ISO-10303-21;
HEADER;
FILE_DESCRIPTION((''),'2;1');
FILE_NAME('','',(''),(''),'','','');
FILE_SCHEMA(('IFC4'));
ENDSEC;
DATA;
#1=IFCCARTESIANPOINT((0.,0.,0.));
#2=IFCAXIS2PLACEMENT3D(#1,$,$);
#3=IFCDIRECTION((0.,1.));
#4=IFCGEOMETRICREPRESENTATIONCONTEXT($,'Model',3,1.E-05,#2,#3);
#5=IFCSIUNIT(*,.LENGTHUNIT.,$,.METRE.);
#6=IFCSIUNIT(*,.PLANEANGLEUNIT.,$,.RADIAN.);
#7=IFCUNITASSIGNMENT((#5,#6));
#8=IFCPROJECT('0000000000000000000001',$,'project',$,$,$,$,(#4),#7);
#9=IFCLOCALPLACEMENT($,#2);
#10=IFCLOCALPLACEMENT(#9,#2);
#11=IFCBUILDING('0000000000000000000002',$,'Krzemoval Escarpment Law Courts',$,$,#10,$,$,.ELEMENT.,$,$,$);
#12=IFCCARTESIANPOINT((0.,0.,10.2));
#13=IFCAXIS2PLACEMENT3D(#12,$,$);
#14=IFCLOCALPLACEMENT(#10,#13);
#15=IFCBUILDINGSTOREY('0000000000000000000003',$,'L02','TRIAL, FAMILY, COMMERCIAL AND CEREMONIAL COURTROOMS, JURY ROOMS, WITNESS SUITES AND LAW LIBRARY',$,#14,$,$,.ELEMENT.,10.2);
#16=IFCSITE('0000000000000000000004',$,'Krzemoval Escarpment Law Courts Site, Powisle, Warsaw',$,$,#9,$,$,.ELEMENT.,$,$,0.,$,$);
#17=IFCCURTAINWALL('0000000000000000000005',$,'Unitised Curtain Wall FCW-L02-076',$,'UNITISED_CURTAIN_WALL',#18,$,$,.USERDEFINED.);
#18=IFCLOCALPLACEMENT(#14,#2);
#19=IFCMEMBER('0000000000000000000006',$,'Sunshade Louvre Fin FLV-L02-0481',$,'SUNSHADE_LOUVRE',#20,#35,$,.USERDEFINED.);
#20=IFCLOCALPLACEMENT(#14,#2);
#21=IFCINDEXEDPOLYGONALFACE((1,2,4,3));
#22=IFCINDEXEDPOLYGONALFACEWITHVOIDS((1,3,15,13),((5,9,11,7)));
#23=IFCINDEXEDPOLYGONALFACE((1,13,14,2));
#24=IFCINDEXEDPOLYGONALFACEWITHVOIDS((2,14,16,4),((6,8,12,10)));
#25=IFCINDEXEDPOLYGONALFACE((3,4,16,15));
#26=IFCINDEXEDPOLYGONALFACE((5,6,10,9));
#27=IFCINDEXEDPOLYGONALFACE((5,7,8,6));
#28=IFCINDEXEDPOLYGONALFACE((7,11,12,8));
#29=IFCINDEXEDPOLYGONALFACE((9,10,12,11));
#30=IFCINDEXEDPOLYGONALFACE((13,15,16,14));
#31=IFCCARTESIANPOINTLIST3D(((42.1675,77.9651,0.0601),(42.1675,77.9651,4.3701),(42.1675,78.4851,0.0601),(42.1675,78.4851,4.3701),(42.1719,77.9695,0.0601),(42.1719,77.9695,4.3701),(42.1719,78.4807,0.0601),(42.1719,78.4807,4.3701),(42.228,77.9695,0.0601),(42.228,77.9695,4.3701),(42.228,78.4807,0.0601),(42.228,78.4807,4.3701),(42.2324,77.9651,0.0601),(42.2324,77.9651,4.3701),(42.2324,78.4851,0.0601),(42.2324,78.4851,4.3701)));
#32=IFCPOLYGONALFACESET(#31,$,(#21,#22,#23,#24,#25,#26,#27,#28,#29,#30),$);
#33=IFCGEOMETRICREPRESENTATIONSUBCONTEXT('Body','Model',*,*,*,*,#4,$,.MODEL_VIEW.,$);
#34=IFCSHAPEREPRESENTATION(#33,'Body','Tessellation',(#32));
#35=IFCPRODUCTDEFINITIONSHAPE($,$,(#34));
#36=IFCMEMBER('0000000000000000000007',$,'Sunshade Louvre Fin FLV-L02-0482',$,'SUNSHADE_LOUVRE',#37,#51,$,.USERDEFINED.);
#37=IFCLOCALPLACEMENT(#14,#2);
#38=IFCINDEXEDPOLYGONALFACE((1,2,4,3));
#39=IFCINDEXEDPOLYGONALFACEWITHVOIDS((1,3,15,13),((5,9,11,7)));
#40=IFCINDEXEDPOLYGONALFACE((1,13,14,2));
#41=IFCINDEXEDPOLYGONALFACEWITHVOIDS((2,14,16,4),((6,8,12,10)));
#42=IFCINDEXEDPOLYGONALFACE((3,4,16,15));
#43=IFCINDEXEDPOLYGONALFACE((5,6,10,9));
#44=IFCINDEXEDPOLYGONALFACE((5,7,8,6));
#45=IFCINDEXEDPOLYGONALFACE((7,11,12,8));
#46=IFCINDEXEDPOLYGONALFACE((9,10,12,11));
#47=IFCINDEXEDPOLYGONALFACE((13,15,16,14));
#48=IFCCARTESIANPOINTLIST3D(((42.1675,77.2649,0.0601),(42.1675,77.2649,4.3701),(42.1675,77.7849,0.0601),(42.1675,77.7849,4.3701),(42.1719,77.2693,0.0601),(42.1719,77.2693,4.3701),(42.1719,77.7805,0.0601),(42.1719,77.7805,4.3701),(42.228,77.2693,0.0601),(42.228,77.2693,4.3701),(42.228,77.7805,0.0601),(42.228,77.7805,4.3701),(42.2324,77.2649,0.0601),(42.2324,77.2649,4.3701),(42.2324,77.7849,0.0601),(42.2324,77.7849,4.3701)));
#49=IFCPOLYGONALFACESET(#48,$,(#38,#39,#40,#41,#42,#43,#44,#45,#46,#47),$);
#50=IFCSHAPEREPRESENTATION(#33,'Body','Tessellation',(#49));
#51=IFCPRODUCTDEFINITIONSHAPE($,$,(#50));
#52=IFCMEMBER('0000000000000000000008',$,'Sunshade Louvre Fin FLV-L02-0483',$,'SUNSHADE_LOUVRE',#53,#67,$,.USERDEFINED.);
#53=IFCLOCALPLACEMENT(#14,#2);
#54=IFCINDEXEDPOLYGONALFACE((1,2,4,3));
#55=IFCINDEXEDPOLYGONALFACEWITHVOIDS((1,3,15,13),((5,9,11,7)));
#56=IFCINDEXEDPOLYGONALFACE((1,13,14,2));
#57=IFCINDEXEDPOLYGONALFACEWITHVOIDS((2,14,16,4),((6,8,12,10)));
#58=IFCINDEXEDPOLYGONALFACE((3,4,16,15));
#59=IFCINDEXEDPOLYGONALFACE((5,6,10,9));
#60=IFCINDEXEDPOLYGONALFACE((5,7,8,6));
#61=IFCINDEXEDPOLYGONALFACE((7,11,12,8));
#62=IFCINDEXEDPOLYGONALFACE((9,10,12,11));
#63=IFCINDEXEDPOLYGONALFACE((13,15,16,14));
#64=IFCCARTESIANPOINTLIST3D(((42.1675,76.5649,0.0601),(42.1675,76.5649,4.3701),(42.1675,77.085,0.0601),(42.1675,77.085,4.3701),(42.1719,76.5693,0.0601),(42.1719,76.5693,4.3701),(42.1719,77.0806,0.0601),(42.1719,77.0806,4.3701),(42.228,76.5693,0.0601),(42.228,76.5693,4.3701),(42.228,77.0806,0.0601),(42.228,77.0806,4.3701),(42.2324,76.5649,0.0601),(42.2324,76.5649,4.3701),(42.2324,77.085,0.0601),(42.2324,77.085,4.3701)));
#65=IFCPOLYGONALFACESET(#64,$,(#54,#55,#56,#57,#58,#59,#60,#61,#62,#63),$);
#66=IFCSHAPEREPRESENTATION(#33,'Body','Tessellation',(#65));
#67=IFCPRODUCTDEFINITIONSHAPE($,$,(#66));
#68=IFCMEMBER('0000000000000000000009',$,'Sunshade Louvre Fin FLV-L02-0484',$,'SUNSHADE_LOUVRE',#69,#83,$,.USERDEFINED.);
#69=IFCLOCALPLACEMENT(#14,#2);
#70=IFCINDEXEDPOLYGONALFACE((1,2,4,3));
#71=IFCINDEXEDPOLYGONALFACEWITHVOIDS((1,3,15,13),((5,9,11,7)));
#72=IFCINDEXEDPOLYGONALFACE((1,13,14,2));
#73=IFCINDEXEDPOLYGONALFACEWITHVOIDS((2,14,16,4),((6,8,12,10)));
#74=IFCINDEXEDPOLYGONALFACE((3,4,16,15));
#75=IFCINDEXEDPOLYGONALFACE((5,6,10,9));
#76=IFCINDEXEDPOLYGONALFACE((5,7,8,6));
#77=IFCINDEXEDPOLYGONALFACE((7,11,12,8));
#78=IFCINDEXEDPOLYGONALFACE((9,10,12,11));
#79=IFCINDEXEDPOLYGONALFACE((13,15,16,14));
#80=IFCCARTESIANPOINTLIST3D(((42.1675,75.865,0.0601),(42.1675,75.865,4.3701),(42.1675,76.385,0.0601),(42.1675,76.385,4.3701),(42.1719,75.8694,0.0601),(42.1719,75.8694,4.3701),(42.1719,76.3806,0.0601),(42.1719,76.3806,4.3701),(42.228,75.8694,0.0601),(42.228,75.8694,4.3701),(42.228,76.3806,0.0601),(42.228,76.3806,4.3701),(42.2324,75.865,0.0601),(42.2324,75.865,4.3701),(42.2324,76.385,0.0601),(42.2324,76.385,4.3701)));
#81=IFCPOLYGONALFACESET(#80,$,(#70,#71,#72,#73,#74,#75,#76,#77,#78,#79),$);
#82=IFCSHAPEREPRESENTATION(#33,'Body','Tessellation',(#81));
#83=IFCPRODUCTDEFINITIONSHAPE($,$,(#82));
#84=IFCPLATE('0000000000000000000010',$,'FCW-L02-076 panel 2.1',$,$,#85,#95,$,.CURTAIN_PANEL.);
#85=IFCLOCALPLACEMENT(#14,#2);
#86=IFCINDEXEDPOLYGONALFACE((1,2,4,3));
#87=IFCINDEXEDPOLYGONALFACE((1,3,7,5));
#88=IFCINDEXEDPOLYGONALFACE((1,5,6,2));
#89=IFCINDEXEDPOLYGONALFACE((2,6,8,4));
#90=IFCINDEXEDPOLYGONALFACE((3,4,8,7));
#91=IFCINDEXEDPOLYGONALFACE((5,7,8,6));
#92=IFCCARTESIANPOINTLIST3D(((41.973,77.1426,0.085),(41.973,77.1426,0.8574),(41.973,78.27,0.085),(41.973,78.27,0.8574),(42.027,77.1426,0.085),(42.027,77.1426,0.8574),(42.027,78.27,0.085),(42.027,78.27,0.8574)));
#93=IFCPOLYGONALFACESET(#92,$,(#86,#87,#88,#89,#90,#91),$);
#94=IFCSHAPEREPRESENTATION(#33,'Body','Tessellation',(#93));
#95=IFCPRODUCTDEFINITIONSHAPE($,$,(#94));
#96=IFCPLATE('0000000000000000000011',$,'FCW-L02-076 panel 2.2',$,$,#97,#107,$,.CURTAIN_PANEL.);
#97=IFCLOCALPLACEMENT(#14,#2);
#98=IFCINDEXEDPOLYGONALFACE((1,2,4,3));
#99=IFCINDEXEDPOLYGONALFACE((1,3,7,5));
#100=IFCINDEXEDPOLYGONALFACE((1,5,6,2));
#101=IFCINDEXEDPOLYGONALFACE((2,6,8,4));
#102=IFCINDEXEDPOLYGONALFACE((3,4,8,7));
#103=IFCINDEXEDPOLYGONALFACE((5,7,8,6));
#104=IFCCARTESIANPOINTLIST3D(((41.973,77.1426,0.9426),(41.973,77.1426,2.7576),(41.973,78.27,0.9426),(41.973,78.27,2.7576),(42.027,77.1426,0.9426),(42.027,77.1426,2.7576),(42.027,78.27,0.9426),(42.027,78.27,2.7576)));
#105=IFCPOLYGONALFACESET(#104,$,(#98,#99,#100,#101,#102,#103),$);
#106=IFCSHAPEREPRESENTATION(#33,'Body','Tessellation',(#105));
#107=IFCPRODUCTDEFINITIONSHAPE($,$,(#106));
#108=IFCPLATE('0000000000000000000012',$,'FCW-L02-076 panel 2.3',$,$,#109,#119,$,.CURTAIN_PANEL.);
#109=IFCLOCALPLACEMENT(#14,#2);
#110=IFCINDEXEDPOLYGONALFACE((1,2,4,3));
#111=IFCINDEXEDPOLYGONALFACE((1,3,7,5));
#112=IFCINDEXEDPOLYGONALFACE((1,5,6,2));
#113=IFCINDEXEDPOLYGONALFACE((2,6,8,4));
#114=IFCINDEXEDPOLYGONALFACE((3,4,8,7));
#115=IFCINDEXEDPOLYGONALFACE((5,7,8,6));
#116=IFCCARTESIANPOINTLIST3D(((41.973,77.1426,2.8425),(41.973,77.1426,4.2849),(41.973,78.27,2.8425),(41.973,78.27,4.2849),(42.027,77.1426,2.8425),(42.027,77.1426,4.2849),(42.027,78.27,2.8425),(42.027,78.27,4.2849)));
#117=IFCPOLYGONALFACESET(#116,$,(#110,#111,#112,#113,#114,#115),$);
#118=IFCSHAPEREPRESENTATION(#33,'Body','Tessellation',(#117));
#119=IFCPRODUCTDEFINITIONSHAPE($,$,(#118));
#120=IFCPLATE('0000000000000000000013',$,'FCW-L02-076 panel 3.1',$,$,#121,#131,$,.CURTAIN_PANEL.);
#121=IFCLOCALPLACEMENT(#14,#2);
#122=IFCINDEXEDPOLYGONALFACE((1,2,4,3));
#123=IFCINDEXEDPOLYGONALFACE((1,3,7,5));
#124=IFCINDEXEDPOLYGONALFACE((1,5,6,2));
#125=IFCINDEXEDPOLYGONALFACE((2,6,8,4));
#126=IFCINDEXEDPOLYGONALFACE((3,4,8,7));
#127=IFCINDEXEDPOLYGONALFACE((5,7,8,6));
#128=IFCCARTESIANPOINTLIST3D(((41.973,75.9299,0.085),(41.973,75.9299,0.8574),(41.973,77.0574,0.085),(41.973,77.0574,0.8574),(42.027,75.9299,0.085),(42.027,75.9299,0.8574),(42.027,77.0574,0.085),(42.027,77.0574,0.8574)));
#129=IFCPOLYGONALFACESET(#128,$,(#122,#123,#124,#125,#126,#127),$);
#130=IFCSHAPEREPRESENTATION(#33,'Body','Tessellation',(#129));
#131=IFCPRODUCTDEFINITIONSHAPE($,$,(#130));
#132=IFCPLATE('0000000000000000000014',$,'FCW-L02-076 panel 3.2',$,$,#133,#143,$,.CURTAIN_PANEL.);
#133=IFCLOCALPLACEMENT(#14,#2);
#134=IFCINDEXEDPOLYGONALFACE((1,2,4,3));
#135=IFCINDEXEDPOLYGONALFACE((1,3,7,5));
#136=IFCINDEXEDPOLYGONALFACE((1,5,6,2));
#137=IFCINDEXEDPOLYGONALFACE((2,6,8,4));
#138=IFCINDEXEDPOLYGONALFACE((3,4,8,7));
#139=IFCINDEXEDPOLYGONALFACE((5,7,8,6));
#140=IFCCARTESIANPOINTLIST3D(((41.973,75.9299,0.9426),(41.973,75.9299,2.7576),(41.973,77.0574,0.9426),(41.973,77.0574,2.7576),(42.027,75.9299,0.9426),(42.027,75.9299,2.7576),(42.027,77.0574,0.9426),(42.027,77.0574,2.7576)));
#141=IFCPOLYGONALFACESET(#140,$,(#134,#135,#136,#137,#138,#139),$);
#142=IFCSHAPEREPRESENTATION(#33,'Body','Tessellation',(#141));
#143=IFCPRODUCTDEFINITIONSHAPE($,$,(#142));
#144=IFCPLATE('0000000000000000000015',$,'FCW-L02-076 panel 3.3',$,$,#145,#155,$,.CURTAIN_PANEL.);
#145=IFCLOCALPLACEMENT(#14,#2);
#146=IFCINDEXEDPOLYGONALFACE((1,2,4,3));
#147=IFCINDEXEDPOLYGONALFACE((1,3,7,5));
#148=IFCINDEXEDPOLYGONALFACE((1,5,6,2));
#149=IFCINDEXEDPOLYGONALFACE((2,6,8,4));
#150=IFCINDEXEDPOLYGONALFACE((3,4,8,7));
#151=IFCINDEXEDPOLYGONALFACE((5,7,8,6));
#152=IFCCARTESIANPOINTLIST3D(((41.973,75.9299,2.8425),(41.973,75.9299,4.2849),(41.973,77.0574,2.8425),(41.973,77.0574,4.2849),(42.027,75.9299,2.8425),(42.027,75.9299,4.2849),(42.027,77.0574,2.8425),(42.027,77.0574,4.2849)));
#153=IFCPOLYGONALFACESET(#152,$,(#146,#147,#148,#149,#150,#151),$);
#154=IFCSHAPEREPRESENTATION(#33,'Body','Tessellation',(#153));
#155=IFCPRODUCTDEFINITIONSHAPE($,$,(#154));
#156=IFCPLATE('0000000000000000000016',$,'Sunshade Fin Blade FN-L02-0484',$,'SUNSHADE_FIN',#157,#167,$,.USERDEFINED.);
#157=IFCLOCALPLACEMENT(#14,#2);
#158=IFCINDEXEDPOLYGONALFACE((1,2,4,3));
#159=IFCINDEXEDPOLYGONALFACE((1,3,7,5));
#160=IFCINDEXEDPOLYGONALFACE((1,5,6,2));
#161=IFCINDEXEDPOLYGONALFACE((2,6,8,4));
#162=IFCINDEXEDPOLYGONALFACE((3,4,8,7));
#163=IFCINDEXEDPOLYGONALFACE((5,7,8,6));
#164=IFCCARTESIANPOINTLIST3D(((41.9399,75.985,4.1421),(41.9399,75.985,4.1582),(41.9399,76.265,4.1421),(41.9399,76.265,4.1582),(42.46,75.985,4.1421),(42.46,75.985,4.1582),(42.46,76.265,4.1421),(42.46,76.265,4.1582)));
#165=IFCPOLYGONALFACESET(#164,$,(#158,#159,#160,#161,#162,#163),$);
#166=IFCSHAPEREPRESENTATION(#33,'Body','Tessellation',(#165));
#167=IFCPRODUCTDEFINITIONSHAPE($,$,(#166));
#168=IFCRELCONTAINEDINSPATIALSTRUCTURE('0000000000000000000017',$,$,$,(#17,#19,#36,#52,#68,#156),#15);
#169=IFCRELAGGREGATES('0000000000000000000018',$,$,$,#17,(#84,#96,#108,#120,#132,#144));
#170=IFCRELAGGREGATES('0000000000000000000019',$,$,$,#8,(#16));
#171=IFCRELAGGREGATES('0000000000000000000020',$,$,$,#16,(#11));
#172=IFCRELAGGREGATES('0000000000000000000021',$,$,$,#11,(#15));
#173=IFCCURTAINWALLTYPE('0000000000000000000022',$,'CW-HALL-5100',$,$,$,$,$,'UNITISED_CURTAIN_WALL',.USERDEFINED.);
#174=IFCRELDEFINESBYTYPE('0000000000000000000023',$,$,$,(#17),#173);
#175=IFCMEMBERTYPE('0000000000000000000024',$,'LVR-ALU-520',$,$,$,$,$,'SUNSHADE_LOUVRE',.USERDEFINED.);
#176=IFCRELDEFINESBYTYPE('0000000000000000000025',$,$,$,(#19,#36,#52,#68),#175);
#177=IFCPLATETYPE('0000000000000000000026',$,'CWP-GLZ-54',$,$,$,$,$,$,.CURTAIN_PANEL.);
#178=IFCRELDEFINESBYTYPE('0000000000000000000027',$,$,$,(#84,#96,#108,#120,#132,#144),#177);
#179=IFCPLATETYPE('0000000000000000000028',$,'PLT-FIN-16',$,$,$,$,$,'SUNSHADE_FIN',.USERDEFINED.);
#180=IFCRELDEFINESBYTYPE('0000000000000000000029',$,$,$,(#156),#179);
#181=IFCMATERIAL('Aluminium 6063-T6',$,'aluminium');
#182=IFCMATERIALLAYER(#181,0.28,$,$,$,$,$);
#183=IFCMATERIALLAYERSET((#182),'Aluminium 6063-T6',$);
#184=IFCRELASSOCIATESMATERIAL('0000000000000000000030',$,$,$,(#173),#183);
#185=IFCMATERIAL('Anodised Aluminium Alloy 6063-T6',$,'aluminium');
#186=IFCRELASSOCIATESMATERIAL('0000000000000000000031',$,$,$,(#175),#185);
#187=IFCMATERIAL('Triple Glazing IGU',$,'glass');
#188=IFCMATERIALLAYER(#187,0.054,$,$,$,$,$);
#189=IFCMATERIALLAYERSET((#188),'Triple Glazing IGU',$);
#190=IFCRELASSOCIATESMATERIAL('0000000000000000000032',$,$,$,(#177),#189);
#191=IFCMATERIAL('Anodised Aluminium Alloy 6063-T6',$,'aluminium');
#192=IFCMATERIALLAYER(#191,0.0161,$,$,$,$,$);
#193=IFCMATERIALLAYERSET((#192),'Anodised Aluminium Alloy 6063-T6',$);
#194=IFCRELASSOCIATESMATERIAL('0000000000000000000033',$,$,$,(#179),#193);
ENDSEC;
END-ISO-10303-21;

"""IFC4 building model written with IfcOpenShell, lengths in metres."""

from ifc_helpers import new_model, si_unit, direction, frame, origin, origin_2d, place, context, subcontext, project, spatial, rectangle, hollow_rectangle, extrude, material, layer, layer_set, material_profile, profile_set, type_object, element, aggregate, save


model = new_model("IFC4")

# Units and contexts
model_context = context("Model", 3, precision=1e-05, world=origin(), true_north=direction((0.0, 1.0)))
body_context = subcontext(model_context, "Body", "Model", "MODEL_VIEW")
ifc_project = project(units=[si_unit("LENGTHUNIT", "METRE"), si_unit("PLANEANGLEUNIT", "RADIAN")], contexts=[model_context])

# Site, building, storey
site_placement = place(None, origin())
site = spatial("IfcSite", under=ifc_project, at=site_placement, Name="Krzemoval Escarpment Law Courts Site, Powisle, Warsaw", CompositionType="ELEMENT", RefElevation=0.0)
building_placement = place(site_placement, origin())
building = spatial("IfcBuilding", under=site, at=building_placement, Name="Krzemoval Escarpment Law Courts", CompositionType="ELEMENT")
storey_placement = place(building_placement, frame((0.0, 0.0, 10.2)))
storey = spatial("IfcBuildingStorey", under=building, at=storey_placement, Name="L02", Description="TRIAL, FAMILY, COMMERCIAL AND CEREMONIAL COURTROOMS, JURY ROOMS, WITNESS SUITES AND LAW LIBRARY", CompositionType="ELEMENT", Elevation=10.2)

# Curtain wall
ifc_material_1 = material(Name="Aluminium 6063-T6", Category="aluminium")
ifc_layer_1 = layer(ifc_material_1, 0.28)
ifc_layer_set_1 = layer_set([ifc_layer_1], Name="Aluminium 6063-T6")
curtain_wall_type = type_object("IfcCurtainWallType", Name="CW-HALL-5100", ElementType="UNITISED_CURTAIN_WALL", PredefinedType="USERDEFINED", material=ifc_layer_set_1)
curtain_wall_placement = place(storey_placement, origin())
curtain_wall = element("IfcCurtainWall", 1, at=curtain_wall_placement, inside=storey, type_object=curtain_wall_type, Name="Unitised Curtain Wall FCW-L02-076", ObjectType="UNITISED_CURTAIN_WALL", PredefinedType="USERDEFINED")

# Members
ifc_material_2 = material(Name="Anodised Aluminium Alloy 6063-T6", Category="aluminium")
ifc_material_profile_1 = material_profile(ifc_material_2, hollow_rectangle(XDim=0.0649, YDim=0.52, WallThickness=0.0044, at=origin_2d()), Name="ALU LVR 65x520")
ifc_profile_set_1 = profile_set([ifc_material_profile_1], Name="Anodised Aluminium Alloy 6063-T6")
member_type_1 = type_object("IfcMemberType", Name="LVR-ALU-520", ElementType="SUNSHADE_LOUVRE", PredefinedType="USERDEFINED", material=ifc_profile_set_1)
for number, where, z_axis, x_axis, name in (
    (2, (42.2, 78.2251, 0.0601), (0.0, 0.0, 1.0), (1.0, 0.0, 0.0), "Sunshade Louvre Fin FLV-L02-0481"),
    (3, (42.2, 77.5249, 0.0601), (0.0, 0.0, 1.0), (1.0, 0.0, 0.0), "Sunshade Louvre Fin FLV-L02-0482"),
    (4, (42.2, 76.825, 0.0601), (0.0, 0.0, 1.0), (1.0, 0.0, 0.0), "Sunshade Louvre Fin FLV-L02-0483"),
    (5, (42.2, 76.125, 0.0601), (0.0, 0.0, 1.0), (1.0, 0.0, 0.0), "Sunshade Louvre Fin FLV-L02-0484"),
):
    element("IfcMember", number, at=place(storey_placement, frame(where, z_axis=z_axis, x_axis=x_axis)), inside=storey, type_object=member_type_1, Name=name, ObjectType="SUNSHADE_LOUVRE", PredefinedType="USERDEFINED", context=body_context, shape_type="SweptSolid", body=[
        extrude(hollow_rectangle(XDim=0.0649, YDim=0.52, WallThickness=0.0044, at=origin_2d()), origin(), (0.0, 0.0, 1.0), 4.3101),
    ])

# Plates
ifc_material_3 = material(Name="Triple Glazing IGU", Category="glass")
ifc_layer_2 = layer(ifc_material_3, 0.054)
ifc_layer_set_2 = layer_set([ifc_layer_2], Name="Triple Glazing IGU")
plate_type_1 = type_object("IfcPlateType", Name="CWP-GLZ-54", PredefinedType="CURTAIN_PANEL", material=ifc_layer_set_2)
plate_1_placement = place(storey_placement, frame((42.0, 77.7063, 0.085), z_axis=(0.0, 0.0, 1.0), x_axis=(0.0, -1.0, 0.0)))
plate_1 = element("IfcPlate", 6, at=plate_1_placement, type_object=plate_type_1, Name="FCW-L02-076 panel 2.1", PredefinedType="CURTAIN_PANEL", context=body_context, shape_type="SweptSolid", body=[
    extrude(rectangle(XDim=1.1274, YDim=0.054, at=origin_2d()), origin(), (0.0, 0.0, 1.0), 0.7725),
])
plate_2_placement = place(storey_placement, frame((42.0, 77.7063, 0.9426), z_axis=(0.0, 0.0, 1.0), x_axis=(0.0, -1.0, 0.0)))
plate_2 = element("IfcPlate", 7, at=plate_2_placement, type_object=plate_type_1, Name="FCW-L02-076 panel 2.2", PredefinedType="CURTAIN_PANEL", context=body_context, shape_type="SweptSolid", body=[
    extrude(rectangle(XDim=1.1274, YDim=0.054, at=origin_2d()), origin(), (0.0, 0.0, 1.0), 1.8149),
])
plate_3_placement = place(storey_placement, frame((42.0, 77.7063, 2.8425), z_axis=(0.0, 0.0, 1.0), x_axis=(0.0, -1.0, 0.0)))
plate_3 = element("IfcPlate", 8, at=plate_3_placement, type_object=plate_type_1, Name="FCW-L02-076 panel 2.3", PredefinedType="CURTAIN_PANEL", context=body_context, shape_type="SweptSolid", body=[
    extrude(rectangle(XDim=1.1274, YDim=0.054, at=origin_2d()), origin(), (0.0, 0.0, 1.0), 1.4424),
])
plate_4_placement = place(storey_placement, frame((42.0, 76.4937, 0.085), z_axis=(0.0, 0.0, 1.0), x_axis=(0.0, -1.0, 0.0)))
plate_4 = element("IfcPlate", 9, at=plate_4_placement, type_object=plate_type_1, Name="FCW-L02-076 panel 3.1", PredefinedType="CURTAIN_PANEL", context=body_context, shape_type="SweptSolid", body=[
    extrude(rectangle(XDim=1.1274, YDim=0.054, at=origin_2d()), origin(), (0.0, 0.0, 1.0), 0.7725),
])
plate_5_placement = place(storey_placement, frame((42.0, 76.4937, 0.9426), z_axis=(0.0, 0.0, 1.0), x_axis=(0.0, -1.0, 0.0)))
plate_5 = element("IfcPlate", 10, at=plate_5_placement, type_object=plate_type_1, Name="FCW-L02-076 panel 3.2", PredefinedType="CURTAIN_PANEL", context=body_context, shape_type="SweptSolid", body=[
    extrude(rectangle(XDim=1.1274, YDim=0.054, at=origin_2d()), origin(), (0.0, 0.0, 1.0), 1.8149),
])
plate_6_placement = place(storey_placement, frame((42.0, 76.4937, 2.8425), z_axis=(0.0, 0.0, 1.0), x_axis=(0.0, -1.0, 0.0)))
plate_6 = element("IfcPlate", 11, at=plate_6_placement, type_object=plate_type_1, Name="FCW-L02-076 panel 3.3", PredefinedType="CURTAIN_PANEL", context=body_context, shape_type="SweptSolid", body=[
    extrude(rectangle(XDim=1.1274, YDim=0.054, at=origin_2d()), origin(), (0.0, 0.0, 1.0), 1.4424),
])
aggregate(curtain_wall, [plate_1, plate_2, plate_3, plate_4, plate_5, plate_6])
ifc_material_4 = material(Name="Anodised Aluminium Alloy 6063-T6", Category="aluminium")
ifc_layer_3 = layer(ifc_material_4, 0.0161)
ifc_layer_set_3 = layer_set([ifc_layer_3], Name="Anodised Aluminium Alloy 6063-T6")
plate_type_2 = type_object("IfcPlateType", Name="PLT-FIN-16", ElementType="SUNSHADE_FIN", PredefinedType="USERDEFINED", material=ifc_layer_set_3)
plate_7_placement = place(storey_placement, frame((42.2, 76.125, 4.1421), z_axis=(0.0, 0.0, 1.0), x_axis=(1.0, 0.0, 0.0)))
element("IfcPlate", 12, at=plate_7_placement, inside=storey, type_object=plate_type_2, Name="Sunshade Fin Blade FN-L02-0484", ObjectType="SUNSHADE_FIN", PredefinedType="USERDEFINED", context=body_context, shape_type="SweptSolid", body=[
    extrude(rectangle(XDim=0.52, YDim=0.28, at=origin_2d()), origin(), (0.0, 0.0, 1.0), 0.0161),
])

save(model, "model.ifc")
